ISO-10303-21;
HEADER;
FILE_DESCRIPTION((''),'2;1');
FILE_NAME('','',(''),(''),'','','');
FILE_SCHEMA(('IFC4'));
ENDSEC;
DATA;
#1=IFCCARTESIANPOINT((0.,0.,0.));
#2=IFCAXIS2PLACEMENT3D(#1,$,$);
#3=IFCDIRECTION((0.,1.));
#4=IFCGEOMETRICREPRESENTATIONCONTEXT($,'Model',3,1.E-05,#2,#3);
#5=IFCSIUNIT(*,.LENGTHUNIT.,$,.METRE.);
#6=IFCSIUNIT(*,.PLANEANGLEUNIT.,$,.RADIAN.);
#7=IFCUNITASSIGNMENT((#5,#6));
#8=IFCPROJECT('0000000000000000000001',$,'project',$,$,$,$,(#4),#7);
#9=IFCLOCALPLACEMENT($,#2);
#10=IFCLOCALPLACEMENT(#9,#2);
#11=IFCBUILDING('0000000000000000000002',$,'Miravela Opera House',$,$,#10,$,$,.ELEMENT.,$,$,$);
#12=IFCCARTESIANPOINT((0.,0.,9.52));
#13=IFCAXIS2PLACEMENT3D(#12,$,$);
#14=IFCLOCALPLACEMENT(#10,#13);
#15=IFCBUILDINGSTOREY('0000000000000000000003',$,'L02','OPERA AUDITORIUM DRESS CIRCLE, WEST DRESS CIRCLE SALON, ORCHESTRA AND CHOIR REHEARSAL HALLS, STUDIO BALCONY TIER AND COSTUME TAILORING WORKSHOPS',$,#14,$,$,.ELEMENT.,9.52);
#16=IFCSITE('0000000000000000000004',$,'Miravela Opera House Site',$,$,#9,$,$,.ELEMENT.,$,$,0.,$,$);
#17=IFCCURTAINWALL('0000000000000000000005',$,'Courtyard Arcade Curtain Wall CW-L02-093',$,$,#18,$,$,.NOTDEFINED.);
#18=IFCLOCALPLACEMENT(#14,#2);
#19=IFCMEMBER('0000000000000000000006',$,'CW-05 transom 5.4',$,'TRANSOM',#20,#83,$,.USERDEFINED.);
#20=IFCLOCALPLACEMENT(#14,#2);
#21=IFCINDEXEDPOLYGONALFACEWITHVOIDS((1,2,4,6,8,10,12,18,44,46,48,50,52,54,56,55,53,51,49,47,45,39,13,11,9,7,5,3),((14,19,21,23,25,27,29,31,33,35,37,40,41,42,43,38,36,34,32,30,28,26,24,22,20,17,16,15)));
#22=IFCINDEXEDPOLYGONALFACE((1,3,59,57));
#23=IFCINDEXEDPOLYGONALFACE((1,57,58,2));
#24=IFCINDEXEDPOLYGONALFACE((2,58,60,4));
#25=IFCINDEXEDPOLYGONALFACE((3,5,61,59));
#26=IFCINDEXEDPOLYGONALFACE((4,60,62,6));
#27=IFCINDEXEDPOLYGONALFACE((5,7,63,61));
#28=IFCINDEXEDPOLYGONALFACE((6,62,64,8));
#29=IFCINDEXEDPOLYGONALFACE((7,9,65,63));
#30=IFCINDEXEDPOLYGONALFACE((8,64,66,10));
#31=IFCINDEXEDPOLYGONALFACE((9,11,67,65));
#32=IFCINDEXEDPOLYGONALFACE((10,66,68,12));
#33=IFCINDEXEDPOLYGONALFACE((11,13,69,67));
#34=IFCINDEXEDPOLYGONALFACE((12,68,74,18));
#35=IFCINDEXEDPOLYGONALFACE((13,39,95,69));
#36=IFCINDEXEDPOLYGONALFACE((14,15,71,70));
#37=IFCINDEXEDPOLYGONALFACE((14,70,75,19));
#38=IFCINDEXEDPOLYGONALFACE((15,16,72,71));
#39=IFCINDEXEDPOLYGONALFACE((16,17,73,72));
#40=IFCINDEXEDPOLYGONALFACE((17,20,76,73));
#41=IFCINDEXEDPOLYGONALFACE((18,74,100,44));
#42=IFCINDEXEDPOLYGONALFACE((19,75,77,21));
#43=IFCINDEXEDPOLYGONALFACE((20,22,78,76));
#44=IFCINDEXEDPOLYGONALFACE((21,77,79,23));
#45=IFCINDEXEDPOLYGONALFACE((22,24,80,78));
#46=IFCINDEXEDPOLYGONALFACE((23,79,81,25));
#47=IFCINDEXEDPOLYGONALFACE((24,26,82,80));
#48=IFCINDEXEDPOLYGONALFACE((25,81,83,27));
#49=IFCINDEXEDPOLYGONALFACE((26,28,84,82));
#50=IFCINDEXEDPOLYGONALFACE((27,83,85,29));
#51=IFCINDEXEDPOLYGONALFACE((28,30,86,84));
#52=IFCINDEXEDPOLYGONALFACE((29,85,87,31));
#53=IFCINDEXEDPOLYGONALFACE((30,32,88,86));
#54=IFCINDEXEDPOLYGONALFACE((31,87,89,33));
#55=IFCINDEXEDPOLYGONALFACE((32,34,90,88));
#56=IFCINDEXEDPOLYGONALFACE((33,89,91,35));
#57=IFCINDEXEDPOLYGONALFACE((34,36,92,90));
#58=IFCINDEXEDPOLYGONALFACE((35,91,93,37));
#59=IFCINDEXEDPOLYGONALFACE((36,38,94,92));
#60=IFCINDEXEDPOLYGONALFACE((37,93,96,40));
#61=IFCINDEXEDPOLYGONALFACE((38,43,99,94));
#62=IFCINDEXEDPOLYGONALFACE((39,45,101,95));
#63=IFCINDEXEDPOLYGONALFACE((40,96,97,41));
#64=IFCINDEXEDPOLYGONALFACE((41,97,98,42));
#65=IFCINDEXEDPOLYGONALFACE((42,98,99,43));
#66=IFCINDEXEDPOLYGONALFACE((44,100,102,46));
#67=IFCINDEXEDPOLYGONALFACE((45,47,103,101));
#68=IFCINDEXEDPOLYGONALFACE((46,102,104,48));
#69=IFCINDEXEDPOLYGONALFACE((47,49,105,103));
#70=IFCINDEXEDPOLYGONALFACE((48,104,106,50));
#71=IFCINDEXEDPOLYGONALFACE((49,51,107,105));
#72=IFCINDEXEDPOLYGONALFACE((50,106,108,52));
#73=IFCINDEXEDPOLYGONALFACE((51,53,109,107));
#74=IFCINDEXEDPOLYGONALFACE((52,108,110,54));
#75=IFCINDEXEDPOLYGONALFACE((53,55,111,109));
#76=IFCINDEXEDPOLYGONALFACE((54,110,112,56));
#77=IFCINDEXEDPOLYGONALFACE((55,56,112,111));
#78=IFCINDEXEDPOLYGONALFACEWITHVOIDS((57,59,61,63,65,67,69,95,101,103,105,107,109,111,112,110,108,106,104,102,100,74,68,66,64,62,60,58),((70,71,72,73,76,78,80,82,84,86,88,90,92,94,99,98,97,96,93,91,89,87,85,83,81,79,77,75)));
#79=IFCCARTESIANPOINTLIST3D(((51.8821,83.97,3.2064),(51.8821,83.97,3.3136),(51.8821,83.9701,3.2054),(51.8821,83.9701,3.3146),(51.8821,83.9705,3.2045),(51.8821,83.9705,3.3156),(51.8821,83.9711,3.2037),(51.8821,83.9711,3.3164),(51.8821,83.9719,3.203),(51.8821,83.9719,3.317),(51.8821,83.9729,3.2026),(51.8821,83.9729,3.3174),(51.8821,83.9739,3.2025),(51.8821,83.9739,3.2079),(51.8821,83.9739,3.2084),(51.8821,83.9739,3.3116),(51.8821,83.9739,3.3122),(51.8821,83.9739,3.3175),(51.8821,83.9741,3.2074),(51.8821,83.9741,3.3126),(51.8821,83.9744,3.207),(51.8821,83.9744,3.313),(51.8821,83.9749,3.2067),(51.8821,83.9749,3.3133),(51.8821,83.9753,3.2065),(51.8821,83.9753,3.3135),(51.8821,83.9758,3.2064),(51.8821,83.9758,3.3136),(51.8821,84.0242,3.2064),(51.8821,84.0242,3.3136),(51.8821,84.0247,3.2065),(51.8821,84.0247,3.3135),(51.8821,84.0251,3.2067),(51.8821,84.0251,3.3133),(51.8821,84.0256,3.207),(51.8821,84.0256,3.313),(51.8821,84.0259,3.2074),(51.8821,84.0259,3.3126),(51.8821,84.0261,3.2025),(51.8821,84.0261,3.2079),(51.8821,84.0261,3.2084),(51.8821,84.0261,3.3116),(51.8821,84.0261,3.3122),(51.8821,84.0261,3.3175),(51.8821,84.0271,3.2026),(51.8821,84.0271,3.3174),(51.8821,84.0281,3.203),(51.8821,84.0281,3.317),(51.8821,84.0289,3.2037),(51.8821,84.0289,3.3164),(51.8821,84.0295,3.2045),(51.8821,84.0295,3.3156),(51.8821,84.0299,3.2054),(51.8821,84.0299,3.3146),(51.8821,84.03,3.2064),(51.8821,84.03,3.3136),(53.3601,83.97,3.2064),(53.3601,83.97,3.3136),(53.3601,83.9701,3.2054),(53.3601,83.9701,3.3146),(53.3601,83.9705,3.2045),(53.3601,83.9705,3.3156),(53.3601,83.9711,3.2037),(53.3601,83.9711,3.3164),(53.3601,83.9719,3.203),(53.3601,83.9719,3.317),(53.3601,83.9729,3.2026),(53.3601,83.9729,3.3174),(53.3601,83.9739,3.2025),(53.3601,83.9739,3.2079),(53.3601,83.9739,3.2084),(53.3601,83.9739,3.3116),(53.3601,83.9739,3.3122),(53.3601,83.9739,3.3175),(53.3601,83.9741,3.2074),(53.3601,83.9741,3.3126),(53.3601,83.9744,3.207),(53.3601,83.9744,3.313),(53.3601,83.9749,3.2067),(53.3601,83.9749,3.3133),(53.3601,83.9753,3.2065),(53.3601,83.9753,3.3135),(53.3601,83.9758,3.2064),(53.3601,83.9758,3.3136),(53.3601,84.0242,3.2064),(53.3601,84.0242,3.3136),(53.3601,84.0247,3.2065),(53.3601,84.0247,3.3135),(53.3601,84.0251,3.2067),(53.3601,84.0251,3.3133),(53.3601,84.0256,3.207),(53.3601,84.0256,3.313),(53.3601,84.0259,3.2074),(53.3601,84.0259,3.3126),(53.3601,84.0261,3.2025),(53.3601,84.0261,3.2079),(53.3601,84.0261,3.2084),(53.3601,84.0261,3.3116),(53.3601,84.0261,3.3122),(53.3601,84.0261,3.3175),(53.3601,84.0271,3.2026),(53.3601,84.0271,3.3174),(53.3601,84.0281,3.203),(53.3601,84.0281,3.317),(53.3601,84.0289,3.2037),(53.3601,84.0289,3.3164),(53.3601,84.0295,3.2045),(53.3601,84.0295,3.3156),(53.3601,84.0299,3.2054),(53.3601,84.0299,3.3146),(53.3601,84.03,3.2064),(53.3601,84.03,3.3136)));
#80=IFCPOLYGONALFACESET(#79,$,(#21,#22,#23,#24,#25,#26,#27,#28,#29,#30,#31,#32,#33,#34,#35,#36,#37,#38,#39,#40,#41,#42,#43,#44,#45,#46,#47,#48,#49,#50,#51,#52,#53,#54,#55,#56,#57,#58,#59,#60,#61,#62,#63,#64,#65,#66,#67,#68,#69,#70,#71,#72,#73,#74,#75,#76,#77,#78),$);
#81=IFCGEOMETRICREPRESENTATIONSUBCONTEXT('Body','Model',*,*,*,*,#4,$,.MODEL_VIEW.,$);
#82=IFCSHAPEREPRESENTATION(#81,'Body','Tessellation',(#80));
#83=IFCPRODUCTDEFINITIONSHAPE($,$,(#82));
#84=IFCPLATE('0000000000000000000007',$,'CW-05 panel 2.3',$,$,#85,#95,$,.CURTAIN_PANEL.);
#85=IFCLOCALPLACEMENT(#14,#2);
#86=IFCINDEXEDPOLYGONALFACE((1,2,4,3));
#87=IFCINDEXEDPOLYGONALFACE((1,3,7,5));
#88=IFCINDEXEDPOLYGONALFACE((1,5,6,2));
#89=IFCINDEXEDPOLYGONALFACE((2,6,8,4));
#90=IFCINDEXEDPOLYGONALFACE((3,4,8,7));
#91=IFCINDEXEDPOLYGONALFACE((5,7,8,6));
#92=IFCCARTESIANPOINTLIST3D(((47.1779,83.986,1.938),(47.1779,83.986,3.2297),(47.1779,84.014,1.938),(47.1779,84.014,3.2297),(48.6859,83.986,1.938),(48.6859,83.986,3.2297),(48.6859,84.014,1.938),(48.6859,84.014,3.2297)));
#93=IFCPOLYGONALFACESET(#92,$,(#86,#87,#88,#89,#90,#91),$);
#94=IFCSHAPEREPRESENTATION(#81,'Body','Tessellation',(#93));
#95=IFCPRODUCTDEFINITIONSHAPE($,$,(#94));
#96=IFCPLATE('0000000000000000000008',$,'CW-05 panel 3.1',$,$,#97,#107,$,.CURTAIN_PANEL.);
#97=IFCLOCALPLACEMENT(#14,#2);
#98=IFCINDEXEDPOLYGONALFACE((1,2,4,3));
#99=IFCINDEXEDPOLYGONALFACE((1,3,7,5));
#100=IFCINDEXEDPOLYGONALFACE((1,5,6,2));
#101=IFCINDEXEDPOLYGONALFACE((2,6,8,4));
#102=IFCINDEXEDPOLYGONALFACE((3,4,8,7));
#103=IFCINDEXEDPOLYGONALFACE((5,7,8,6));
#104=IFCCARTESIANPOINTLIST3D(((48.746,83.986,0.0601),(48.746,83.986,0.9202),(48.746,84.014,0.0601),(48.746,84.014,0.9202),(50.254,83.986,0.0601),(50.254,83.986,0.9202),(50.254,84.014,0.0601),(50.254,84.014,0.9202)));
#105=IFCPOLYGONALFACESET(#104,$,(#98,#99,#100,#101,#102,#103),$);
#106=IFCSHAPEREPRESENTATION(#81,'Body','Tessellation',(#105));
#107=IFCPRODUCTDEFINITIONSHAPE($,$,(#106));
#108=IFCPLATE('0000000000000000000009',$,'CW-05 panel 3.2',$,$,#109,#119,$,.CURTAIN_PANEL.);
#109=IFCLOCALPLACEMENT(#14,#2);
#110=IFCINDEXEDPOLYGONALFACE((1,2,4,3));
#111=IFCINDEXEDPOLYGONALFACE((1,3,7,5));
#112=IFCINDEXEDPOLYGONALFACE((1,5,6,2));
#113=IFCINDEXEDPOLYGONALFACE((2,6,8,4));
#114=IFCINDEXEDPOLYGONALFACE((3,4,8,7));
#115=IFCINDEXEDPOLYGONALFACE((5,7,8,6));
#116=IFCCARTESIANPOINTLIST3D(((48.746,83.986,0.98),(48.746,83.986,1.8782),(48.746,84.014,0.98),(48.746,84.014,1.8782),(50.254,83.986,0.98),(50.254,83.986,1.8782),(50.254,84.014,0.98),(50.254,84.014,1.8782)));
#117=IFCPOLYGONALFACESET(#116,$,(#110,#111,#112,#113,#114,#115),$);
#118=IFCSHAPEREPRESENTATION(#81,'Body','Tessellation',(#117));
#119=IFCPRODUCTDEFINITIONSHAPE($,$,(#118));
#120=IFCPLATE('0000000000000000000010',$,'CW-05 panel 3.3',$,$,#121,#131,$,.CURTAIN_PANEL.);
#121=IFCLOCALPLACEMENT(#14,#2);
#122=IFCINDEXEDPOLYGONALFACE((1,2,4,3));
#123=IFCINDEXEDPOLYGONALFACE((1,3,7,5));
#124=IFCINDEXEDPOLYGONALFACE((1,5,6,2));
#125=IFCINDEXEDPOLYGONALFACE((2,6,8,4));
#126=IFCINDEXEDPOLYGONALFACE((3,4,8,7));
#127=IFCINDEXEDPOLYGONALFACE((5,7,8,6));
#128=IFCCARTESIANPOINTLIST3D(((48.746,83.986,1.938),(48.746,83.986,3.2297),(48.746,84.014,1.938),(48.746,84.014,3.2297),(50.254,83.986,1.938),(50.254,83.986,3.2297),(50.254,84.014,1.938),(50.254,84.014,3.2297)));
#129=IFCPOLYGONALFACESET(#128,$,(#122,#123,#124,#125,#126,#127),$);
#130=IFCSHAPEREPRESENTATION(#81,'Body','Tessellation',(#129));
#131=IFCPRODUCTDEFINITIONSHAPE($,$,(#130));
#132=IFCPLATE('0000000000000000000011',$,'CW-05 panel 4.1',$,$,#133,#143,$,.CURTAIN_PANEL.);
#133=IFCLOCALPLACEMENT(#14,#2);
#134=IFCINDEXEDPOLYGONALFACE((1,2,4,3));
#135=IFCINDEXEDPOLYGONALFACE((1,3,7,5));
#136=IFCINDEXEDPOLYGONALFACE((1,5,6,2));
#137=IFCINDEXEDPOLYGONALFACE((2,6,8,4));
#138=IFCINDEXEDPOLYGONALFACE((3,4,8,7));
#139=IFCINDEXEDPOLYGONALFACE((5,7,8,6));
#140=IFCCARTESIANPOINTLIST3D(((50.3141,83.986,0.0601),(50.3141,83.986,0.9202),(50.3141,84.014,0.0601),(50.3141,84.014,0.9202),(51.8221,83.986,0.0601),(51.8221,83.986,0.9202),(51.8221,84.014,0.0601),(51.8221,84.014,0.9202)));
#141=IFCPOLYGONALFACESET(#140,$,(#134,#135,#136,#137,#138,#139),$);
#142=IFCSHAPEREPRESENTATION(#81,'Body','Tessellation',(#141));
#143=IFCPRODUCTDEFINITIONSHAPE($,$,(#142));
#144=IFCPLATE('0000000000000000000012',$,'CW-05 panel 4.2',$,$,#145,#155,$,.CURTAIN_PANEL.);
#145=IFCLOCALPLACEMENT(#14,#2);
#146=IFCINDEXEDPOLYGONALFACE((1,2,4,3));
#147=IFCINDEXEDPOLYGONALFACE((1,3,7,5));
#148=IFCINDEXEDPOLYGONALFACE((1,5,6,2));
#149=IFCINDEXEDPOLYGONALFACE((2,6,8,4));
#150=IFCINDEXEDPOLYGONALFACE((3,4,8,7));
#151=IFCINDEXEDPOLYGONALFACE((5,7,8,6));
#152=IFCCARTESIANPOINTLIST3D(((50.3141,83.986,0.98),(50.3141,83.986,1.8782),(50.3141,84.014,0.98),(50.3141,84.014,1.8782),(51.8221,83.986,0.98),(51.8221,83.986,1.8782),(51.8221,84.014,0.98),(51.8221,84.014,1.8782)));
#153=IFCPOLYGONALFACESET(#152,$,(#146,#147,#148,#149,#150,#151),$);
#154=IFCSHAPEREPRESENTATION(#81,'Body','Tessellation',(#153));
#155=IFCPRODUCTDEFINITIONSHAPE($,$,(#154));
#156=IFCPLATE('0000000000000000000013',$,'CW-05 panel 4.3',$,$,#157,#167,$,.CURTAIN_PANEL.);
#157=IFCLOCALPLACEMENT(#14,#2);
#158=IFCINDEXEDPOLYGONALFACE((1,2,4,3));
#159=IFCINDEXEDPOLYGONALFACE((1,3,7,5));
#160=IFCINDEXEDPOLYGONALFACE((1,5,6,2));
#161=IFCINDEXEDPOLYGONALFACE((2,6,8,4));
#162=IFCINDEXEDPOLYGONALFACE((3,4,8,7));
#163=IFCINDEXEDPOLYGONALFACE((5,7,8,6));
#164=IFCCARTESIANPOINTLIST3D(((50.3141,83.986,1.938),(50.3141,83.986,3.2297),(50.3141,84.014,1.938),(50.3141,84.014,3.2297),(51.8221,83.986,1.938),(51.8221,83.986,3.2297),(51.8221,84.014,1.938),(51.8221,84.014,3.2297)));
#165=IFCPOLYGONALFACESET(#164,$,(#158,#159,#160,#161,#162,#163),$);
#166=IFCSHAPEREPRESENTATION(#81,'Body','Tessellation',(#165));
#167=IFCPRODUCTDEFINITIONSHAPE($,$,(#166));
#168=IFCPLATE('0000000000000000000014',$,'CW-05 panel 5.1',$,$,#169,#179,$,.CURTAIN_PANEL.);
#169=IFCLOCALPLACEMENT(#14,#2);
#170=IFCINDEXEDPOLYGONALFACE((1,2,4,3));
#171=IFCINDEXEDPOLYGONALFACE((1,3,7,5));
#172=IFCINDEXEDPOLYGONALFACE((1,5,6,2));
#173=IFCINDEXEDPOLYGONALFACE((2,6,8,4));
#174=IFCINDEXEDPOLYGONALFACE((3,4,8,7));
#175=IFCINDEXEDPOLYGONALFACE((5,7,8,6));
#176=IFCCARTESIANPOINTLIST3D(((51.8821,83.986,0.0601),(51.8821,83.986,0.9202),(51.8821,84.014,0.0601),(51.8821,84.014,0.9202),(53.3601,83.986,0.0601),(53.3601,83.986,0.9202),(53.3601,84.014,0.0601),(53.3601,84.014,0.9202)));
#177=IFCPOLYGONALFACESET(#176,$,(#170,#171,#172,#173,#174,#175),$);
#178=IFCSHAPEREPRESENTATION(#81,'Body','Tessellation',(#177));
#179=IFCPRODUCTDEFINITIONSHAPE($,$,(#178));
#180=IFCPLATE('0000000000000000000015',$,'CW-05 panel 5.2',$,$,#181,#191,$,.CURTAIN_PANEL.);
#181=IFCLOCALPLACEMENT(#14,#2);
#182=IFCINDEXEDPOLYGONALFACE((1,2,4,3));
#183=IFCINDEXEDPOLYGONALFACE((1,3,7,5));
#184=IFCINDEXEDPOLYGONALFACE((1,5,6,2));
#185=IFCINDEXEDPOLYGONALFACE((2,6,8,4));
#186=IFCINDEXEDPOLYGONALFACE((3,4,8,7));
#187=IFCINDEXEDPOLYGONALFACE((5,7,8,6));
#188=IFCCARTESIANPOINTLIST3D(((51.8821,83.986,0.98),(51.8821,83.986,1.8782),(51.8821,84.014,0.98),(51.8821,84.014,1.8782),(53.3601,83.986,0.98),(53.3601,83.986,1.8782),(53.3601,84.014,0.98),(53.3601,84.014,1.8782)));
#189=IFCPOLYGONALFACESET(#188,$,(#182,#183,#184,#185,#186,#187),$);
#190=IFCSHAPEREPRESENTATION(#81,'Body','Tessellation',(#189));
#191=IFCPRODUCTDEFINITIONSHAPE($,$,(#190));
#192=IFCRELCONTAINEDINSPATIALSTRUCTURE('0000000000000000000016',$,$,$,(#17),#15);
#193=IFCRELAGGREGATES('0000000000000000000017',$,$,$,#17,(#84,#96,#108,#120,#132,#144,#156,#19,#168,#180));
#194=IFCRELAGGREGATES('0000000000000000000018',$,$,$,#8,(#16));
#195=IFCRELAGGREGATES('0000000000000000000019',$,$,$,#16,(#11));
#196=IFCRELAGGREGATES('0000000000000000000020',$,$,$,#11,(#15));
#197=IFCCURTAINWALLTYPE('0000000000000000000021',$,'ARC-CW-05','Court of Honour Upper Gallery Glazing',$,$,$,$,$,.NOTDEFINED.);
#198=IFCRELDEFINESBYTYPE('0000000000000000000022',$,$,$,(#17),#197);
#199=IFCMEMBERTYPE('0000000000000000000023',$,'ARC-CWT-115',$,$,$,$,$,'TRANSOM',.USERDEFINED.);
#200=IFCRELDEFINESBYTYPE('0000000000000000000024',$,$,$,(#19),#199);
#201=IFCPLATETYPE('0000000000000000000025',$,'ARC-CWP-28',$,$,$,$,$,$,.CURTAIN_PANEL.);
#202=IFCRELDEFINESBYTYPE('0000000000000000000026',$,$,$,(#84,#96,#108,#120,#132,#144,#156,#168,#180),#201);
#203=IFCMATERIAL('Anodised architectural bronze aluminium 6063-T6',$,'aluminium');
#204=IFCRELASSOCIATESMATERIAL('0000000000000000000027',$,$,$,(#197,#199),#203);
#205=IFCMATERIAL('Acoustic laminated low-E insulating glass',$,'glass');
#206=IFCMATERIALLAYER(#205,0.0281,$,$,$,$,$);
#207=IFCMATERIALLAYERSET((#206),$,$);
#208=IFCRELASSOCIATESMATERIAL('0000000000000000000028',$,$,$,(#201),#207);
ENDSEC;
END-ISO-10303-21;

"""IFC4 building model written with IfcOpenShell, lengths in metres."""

from ifc_helpers import new_model, si_unit, direction, frame, origin, origin_2d, place, context, subcontext, project, spatial, rectangle, hollow_rectangle, extrude, material, layer, layer_set, material_profile, profile_set, type_object, element, aggregate, save


model = new_model("IFC4")

# Units and contexts
model_context = context("Model", 3, precision=1e-05, world=origin(), true_north=direction((0.0, 1.0)))
body_context = subcontext(model_context, "Body", "Model", "MODEL_VIEW")
ifc_project = project(units=[si_unit("LENGTHUNIT", "METRE"), si_unit("PLANEANGLEUNIT", "RADIAN")], contexts=[model_context])

# Site, building, storey
site_placement = place(None, origin())
site = spatial("IfcSite", under=ifc_project, at=site_placement, Name="Miravela Opera House Site", CompositionType="ELEMENT", RefElevation=0.0)
building_placement = place(site_placement, origin())
building = spatial("IfcBuilding", under=site, at=building_placement, Name="Miravela Opera House", CompositionType="ELEMENT")
storey_placement = place(building_placement, frame((0.0, 0.0, 9.52)))
storey = spatial("IfcBuildingStorey", under=building, at=storey_placement, Name="L02", Description="OPERA AUDITORIUM DRESS CIRCLE, WEST DRESS CIRCLE SALON, ORCHESTRA AND CHOIR REHEARSAL HALLS, STUDIO BALCONY TIER AND COSTUME TAILORING WORKSHOPS", CompositionType="ELEMENT", Elevation=9.52)

# Curtain wall, member, plates
ifc_material_1 = material(Name="Anodised architectural bronze aluminium 6063-T6", Category="aluminium")
curtain_wall_type = type_object("IfcCurtainWallType", Name="ARC-CW-05", Description="Court of Honour Upper Gallery Glazing", PredefinedType="NOTDEFINED", material=ifc_material_1)
curtain_wall_placement = place(storey_placement, origin())
curtain_wall = element("IfcCurtainWall", 1, at=curtain_wall_placement, inside=storey, type_object=curtain_wall_type, Name="Courtyard Arcade Curtain Wall CW-L02-093", PredefinedType="NOTDEFINED")
ifc_material_profile_1 = material_profile(ifc_material_1, hollow_rectangle(XDim=0.0601, YDim=0.115, WallThickness=0.0039, InnerFilletRadius=0.002, OuterFilletRadius=0.0039, at=origin_2d()), Name="CWT-60X115")
ifc_profile_set_1 = profile_set([ifc_material_profile_1])
member_type_1 = type_object("IfcMemberType", Name="ARC-CWT-115", ElementType="TRANSOM", PredefinedType="USERDEFINED", material=ifc_profile_set_1)
member_1_placement = place(storey_placement, frame((51.8821, 84.0, 3.26), z_axis=(1.0, 0.0, 0.0), x_axis=(0.0, 1.0, 0.0)))
member_1 = element("IfcMember", 2, at=member_1_placement, type_object=member_type_1, Name="CW-05 transom 5.4", ObjectType="TRANSOM", PredefinedType="USERDEFINED", context=body_context, shape_type="SweptSolid", body=[
    extrude(hollow_rectangle(XDim=0.0601, YDim=0.115, WallThickness=0.0039, InnerFilletRadius=0.002, OuterFilletRadius=0.0039, at=origin_2d()), origin(), (0.0, 0.0, 1.0), 1.478),
])
ifc_material_2 = material(Name="Acoustic laminated low-E insulating glass", Category="glass")
ifc_layer = layer(ifc_material_2, 0.0281)
ifc_layer_set = layer_set([ifc_layer])
plate_type = type_object("IfcPlateType", Name="ARC-CWP-28", PredefinedType="CURTAIN_PANEL", material=ifc_layer_set)
plate_1_placement = place(storey_placement, frame((47.9319, 84.0, 1.938), z_axis=(0.0, 0.0, 1.0), x_axis=(1.0, 0.0, 0.0)))
plate_1 = element("IfcPlate", 3, at=plate_1_placement, type_object=plate_type, Name="CW-05 panel 2.3", PredefinedType="CURTAIN_PANEL", context=body_context, shape_type="SweptSolid", body=[
    extrude(rectangle(XDim=1.5081, YDim=0.0281, at=origin_2d()), origin(), (0.0, 0.0, 1.0), 1.2917),
])
plate_2_placement = place(storey_placement, frame((49.5, 84.0, 0.0601), z_axis=(0.0, 0.0, 1.0), x_axis=(1.0, 0.0, 0.0)))
plate_2 = element("IfcPlate", 4, at=plate_2_placement, type_object=plate_type, Name="CW-05 panel 3.1", PredefinedType="CURTAIN_PANEL", context=body_context, shape_type="SweptSolid", body=[
    extrude(rectangle(XDim=1.5081, YDim=0.0281, at=origin_2d()), origin(), (0.0, 0.0, 1.0), 0.8601),
])
plate_3_placement = place(storey_placement, frame((49.5, 84.0, 0.98), z_axis=(0.0, 0.0, 1.0), x_axis=(1.0, 0.0, 0.0)))
plate_3 = element("IfcPlate", 5, at=plate_3_placement, type_object=plate_type, Name="CW-05 panel 3.2", PredefinedType="CURTAIN_PANEL", context=body_context, shape_type="SweptSolid", body=[
    extrude(rectangle(XDim=1.5081, YDim=0.0281, at=origin_2d()), origin(), (0.0, 0.0, 1.0), 0.8982),
])
plate_4_placement = place(storey_placement, frame((49.5, 84.0, 1.938), z_axis=(0.0, 0.0, 1.0), x_axis=(1.0, 0.0, 0.0)))
plate_4 = element("IfcPlate", 6, at=plate_4_placement, type_object=plate_type, Name="CW-05 panel 3.3", PredefinedType="CURTAIN_PANEL", context=body_context, shape_type="SweptSolid", body=[
    extrude(rectangle(XDim=1.5081, YDim=0.0281, at=origin_2d()), origin(), (0.0, 0.0, 1.0), 1.2917),
])
plate_5_placement = place(storey_placement, frame((51.0681, 84.0, 0.0601), z_axis=(0.0, 0.0, 1.0), x_axis=(1.0, 0.0, 0.0)))
plate_5 = element("IfcPlate", 7, at=plate_5_placement, type_object=plate_type, Name="CW-05 panel 4.1", PredefinedType="CURTAIN_PANEL", context=body_context, shape_type="SweptSolid", body=[
    extrude(rectangle(XDim=1.5081, YDim=0.0281, at=origin_2d()), origin(), (0.0, 0.0, 1.0), 0.8601),
])
plate_6_placement = place(storey_placement, frame((51.0681, 84.0, 0.98), z_axis=(0.0, 0.0, 1.0), x_axis=(1.0, 0.0, 0.0)))
plate_6 = element("IfcPlate", 8, at=plate_6_placement, type_object=plate_type, Name="CW-05 panel 4.2", PredefinedType="CURTAIN_PANEL", context=body_context, shape_type="SweptSolid", body=[
    extrude(rectangle(XDim=1.5081, YDim=0.0281, at=origin_2d()), origin(), (0.0, 0.0, 1.0), 0.8982),
])
plate_7_placement = place(storey_placement, frame((51.0681, 84.0, 1.938), z_axis=(0.0, 0.0, 1.0), x_axis=(1.0, 0.0, 0.0)))
plate_7 = element("IfcPlate", 9, at=plate_7_placement, type_object=plate_type, Name="CW-05 panel 4.3", PredefinedType="CURTAIN_PANEL", context=body_context, shape_type="SweptSolid", body=[
    extrude(rectangle(XDim=1.5081, YDim=0.0281, at=origin_2d()), origin(), (0.0, 0.0, 1.0), 1.2917),
])
plate_8_placement = place(storey_placement, frame((52.6211, 84.0, 0.0601), z_axis=(0.0, 0.0, 1.0), x_axis=(1.0, 0.0, 0.0)))
plate_8 = element("IfcPlate", 10, at=plate_8_placement, type_object=plate_type, Name="CW-05 panel 5.1", PredefinedType="CURTAIN_PANEL", context=body_context, shape_type="SweptSolid", body=[
    extrude(rectangle(XDim=1.478, YDim=0.0281, at=origin_2d()), origin(), (0.0, 0.0, 1.0), 0.8601),
])
plate_9_placement = place(storey_placement, frame((52.6211, 84.0, 0.98), z_axis=(0.0, 0.0, 1.0), x_axis=(1.0, 0.0, 0.0)))
plate_9 = element("IfcPlate", 11, at=plate_9_placement, type_object=plate_type, Name="CW-05 panel 5.2", PredefinedType="CURTAIN_PANEL", context=body_context, shape_type="SweptSolid", body=[
    extrude(rectangle(XDim=1.478, YDim=0.0281, at=origin_2d()), origin(), (0.0, 0.0, 1.0), 0.8982),
])
aggregate(curtain_wall, [plate_1, plate_2, plate_3, plate_4, plate_5, plate_6, plate_7, member_1, plate_8, plate_9])

save(model, "model.ifc")
